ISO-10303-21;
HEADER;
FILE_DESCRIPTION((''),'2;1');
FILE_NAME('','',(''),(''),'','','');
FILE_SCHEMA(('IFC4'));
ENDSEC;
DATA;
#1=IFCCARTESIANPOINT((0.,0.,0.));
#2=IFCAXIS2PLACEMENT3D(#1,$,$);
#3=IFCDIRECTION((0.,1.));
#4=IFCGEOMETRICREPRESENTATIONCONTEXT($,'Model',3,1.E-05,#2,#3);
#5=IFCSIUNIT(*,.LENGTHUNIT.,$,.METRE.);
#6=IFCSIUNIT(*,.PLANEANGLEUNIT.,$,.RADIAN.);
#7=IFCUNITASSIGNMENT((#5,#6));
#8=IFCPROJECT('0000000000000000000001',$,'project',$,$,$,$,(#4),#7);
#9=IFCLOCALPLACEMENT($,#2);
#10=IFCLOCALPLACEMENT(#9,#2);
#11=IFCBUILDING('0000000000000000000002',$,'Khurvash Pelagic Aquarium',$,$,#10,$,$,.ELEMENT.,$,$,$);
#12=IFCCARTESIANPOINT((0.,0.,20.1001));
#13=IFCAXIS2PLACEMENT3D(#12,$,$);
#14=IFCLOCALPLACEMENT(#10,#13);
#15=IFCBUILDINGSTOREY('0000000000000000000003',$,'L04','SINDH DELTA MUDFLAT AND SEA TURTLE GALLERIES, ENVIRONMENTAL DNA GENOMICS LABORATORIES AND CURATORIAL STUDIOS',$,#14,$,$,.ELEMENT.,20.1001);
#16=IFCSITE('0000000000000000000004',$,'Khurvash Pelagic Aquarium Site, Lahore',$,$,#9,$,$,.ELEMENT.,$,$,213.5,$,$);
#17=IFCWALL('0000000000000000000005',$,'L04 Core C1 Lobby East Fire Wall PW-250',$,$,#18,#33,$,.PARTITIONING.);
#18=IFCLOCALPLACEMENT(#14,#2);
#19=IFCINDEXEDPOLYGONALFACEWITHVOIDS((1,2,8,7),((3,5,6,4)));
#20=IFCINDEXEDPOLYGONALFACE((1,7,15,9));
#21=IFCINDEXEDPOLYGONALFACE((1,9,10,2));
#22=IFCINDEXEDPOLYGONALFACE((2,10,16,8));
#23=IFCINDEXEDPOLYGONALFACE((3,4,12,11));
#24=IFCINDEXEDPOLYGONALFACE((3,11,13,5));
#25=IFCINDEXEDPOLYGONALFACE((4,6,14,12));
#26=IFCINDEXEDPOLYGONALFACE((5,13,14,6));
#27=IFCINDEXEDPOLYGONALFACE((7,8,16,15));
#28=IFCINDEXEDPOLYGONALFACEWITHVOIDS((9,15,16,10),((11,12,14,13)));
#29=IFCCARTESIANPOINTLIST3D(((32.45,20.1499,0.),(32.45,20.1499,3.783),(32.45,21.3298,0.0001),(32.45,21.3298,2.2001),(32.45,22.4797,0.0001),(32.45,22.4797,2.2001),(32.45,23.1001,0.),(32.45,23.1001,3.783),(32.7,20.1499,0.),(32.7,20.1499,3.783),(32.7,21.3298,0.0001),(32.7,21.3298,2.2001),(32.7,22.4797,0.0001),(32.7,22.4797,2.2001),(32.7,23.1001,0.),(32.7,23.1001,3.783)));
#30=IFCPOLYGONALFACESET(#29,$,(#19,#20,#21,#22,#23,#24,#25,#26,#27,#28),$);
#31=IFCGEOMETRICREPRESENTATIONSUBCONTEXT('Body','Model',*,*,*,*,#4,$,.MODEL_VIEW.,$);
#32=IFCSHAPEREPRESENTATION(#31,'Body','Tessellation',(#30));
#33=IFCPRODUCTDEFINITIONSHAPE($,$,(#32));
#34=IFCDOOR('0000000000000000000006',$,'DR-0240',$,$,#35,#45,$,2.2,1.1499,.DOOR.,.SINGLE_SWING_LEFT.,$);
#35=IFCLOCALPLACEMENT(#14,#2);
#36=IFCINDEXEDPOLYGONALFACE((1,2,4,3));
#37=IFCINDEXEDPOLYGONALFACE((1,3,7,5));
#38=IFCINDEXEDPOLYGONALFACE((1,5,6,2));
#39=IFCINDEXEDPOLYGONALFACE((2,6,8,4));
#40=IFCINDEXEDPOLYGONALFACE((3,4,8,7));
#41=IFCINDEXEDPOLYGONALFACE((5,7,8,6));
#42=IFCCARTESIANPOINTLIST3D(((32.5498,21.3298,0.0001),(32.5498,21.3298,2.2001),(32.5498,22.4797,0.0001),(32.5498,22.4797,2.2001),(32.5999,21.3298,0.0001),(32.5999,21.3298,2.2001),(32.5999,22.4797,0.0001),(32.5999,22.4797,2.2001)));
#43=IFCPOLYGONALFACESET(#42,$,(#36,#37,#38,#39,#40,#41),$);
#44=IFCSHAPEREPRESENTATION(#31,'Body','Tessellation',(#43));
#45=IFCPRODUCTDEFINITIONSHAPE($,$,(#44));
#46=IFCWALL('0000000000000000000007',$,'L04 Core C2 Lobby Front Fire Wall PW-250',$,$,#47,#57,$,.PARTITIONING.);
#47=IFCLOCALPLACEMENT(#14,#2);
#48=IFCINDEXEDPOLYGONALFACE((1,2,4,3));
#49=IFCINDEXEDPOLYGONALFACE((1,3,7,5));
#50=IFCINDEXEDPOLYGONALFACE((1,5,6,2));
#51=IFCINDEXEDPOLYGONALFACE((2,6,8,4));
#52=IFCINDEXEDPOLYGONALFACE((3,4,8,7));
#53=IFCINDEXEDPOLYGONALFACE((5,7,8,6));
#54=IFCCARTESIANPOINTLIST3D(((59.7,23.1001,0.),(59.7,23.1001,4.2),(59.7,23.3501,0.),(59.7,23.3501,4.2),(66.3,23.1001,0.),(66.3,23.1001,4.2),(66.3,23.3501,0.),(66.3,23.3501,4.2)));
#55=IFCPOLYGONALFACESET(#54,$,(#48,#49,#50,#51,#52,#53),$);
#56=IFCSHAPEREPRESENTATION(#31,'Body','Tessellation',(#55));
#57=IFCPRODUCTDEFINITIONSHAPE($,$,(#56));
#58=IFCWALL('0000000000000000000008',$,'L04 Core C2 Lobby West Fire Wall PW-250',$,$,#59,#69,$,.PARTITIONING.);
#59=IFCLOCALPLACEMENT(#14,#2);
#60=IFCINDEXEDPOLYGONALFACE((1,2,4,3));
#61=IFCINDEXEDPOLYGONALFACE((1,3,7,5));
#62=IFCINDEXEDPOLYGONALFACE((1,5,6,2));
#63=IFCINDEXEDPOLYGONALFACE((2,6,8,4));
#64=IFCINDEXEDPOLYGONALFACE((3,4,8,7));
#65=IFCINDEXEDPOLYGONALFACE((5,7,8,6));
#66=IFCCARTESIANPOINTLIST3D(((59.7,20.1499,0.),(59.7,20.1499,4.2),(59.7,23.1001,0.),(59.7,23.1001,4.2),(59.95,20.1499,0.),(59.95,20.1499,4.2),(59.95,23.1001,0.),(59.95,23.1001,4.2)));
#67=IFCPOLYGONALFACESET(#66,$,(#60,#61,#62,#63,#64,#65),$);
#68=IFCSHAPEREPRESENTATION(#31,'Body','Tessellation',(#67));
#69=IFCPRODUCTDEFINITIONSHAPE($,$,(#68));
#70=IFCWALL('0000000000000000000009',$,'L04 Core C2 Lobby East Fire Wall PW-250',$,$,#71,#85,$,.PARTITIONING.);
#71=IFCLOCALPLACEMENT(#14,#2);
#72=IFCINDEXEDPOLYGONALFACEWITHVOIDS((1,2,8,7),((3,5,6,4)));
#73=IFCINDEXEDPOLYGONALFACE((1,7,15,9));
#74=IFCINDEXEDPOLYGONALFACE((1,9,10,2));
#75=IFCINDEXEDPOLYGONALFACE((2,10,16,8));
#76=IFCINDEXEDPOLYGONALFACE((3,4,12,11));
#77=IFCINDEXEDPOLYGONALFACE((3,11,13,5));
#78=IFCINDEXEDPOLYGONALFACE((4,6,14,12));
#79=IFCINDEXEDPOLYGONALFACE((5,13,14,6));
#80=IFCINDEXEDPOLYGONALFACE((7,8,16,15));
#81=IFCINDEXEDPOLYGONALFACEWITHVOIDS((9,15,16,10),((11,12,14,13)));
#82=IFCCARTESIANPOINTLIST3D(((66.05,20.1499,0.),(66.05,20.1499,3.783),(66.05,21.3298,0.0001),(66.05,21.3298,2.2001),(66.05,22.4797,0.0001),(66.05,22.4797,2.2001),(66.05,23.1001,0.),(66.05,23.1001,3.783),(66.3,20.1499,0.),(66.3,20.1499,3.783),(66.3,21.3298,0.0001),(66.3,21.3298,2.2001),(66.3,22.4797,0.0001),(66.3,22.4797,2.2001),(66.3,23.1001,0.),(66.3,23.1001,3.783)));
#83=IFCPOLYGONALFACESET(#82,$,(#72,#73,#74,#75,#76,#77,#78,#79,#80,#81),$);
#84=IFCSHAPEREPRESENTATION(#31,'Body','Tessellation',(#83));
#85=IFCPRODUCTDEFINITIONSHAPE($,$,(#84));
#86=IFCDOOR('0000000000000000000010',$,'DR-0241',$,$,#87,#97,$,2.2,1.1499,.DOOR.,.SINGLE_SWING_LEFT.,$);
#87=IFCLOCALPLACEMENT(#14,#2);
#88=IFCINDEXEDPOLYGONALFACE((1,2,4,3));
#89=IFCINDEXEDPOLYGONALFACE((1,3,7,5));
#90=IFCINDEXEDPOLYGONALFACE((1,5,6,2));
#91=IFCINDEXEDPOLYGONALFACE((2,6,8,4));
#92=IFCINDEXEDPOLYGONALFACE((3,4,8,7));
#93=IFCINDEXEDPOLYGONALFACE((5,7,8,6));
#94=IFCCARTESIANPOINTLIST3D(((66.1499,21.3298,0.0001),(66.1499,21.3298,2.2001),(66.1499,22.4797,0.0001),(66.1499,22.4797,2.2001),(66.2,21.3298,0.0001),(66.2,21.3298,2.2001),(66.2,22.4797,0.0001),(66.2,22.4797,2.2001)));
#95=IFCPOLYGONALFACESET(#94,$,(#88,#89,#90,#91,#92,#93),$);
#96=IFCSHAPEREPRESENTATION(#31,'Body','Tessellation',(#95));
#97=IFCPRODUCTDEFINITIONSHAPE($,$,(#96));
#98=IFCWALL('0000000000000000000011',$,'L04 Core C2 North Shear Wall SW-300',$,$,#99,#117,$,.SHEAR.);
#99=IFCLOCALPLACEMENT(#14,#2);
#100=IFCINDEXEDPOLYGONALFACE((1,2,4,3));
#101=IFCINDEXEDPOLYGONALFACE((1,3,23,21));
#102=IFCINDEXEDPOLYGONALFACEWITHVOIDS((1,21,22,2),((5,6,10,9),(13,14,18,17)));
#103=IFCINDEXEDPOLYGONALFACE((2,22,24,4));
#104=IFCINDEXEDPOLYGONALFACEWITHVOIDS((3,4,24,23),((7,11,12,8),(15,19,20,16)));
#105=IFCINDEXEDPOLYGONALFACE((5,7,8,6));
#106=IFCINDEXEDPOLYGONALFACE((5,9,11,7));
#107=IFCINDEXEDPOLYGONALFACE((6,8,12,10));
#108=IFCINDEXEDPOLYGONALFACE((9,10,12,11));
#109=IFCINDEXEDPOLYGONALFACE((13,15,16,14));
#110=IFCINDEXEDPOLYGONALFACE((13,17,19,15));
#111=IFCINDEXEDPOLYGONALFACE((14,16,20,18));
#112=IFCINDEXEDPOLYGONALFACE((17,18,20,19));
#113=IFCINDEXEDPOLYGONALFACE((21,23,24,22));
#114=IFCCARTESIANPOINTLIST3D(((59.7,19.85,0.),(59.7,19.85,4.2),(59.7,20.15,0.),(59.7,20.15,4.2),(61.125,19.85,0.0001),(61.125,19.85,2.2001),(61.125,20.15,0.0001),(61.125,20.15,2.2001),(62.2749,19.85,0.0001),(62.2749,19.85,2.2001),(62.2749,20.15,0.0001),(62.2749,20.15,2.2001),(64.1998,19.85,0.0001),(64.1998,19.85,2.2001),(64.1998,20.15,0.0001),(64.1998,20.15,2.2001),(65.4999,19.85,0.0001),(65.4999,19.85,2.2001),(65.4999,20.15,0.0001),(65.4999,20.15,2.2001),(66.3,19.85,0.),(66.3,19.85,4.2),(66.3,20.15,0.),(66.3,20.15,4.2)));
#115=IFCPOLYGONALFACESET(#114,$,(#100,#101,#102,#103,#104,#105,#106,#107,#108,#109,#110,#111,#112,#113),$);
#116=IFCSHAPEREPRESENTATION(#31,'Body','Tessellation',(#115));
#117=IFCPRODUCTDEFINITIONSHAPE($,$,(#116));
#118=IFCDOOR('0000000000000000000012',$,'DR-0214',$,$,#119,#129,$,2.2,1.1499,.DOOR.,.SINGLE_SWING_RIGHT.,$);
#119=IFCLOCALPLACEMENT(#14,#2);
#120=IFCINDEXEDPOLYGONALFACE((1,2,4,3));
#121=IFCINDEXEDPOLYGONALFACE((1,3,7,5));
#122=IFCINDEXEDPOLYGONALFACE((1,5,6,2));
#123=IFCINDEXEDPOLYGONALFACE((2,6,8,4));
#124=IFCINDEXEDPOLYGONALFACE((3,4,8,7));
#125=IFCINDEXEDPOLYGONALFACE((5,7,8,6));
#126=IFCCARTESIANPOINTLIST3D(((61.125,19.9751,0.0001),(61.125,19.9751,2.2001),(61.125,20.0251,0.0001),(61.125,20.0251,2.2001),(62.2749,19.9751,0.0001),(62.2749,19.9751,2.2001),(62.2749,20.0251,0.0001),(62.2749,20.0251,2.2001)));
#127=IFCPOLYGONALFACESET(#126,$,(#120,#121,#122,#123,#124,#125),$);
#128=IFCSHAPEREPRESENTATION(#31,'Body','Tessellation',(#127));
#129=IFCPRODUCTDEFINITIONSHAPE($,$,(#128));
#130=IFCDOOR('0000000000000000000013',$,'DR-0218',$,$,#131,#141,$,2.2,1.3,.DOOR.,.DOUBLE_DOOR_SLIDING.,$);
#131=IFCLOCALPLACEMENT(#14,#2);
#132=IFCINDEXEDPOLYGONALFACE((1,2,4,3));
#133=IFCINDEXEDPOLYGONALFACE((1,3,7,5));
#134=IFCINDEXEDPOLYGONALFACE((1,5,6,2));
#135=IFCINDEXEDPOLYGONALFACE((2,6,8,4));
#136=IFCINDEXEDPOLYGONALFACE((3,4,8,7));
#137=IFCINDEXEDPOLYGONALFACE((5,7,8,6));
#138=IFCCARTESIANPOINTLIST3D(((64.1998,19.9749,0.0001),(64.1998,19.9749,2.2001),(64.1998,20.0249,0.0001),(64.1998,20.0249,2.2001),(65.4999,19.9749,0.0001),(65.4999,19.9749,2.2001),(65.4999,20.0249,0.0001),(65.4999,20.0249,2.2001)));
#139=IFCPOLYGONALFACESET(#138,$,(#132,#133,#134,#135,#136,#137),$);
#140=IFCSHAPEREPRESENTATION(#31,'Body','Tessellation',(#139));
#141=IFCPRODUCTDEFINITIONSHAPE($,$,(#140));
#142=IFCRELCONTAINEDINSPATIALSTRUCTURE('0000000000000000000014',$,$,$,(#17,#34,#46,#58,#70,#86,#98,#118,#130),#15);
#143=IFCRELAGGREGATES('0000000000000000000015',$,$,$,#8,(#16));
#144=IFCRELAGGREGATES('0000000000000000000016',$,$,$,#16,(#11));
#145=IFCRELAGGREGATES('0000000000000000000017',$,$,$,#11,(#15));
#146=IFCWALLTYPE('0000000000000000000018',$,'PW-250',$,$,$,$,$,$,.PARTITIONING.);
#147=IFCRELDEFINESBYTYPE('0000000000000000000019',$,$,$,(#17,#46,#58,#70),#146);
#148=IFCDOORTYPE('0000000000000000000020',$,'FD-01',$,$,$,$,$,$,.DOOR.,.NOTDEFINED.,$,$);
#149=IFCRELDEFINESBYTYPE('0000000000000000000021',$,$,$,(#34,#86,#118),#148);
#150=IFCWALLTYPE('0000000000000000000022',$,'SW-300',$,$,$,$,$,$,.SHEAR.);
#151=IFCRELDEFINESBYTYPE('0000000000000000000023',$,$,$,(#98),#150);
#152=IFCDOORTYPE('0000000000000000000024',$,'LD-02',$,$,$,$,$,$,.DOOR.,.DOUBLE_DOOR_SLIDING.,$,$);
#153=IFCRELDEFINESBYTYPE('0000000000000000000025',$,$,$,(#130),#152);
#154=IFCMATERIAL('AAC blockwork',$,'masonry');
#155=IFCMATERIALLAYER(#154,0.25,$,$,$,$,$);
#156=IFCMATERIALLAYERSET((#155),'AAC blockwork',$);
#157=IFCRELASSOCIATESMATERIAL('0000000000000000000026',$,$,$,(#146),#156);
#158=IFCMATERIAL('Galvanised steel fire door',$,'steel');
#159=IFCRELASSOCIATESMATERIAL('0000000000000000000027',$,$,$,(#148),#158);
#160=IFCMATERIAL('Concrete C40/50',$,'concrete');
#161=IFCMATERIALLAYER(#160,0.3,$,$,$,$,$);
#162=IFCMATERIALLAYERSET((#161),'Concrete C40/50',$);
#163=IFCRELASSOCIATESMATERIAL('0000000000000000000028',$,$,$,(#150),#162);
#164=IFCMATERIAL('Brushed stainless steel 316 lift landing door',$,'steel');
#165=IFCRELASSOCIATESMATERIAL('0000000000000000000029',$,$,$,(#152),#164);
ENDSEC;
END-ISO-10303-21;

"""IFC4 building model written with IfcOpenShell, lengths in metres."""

from ifc_helpers import new_model, si_unit, direction, frame, frame_2d, origin, place, context, subcontext, project, spatial, rectangle, extrude, material, layer, layer_set, type_object, element, fill, save


model = new_model("IFC4")

# Units and contexts
model_context = context("Model", 3, precision=1e-05, world=origin(), true_north=direction((0.0, 1.0)))
body_context = subcontext(model_context, "Body", "Model", "MODEL_VIEW")
ifc_project = project(units=[si_unit("LENGTHUNIT", "METRE"), si_unit("PLANEANGLEUNIT", "RADIAN")], contexts=[model_context])

# Site, building, storey
site_placement = place(None, origin())
site = spatial("IfcSite", under=ifc_project, at=site_placement, Name="Khurvash Pelagic Aquarium Site, Lahore", CompositionType="ELEMENT", RefElevation=213.5)
building_placement = place(site_placement, origin())
building = spatial("IfcBuilding", under=site, at=building_placement, Name="Khurvash Pelagic Aquarium", CompositionType="ELEMENT")
storey_placement = place(building_placement, frame((0.0, 0.0, 20.1001)))
storey = spatial("IfcBuildingStorey", under=building, at=storey_placement, Name="L04", Description="SINDH DELTA MUDFLAT AND SEA TURTLE GALLERIES, ENVIRONMENTAL DNA GENOMICS LABORATORIES AND CURATORIAL STUDIOS", CompositionType="ELEMENT", Elevation=20.1001)

# Shared definitions
ifc_material_1 = material(Name="Concrete C40/50", Category="concrete")

# Shared definitions
ifc_material_2 = material(Name="AAC blockwork", Category="masonry")

# Wall, opening, door
ifc_layer_1 = layer(ifc_material_2, 0.25)
ifc_layer_set_1 = layer_set([ifc_layer_1], Name="AAC blockwork")
wall_type_1 = type_object("IfcWallType", Name="PW-250", PredefinedType="PARTITIONING", material=ifc_layer_set_1)
wall_1_placement = place(storey_placement, frame((32.575, 20.1499, 0.0), z_axis=(0.0, 0.0, 1.0), x_axis=(0.0, 1.0, 0.0)))
wall_1 = element("IfcWall", 1, at=wall_1_placement, inside=storey, type_object=wall_type_1, Name="L04 Core C1 Lobby East Fire Wall PW-250", PredefinedType="PARTITIONING", context=body_context, shape_type="SweptSolid", body=[
    extrude(rectangle(XDim=2.9502, YDim=0.25, at=frame_2d((1.4751, 0.0))), origin(), (0.0, 0.0, 1.0), 3.783),
])
opening_1_placement = place(wall_1_placement, frame((1.1799, 0.0, 0.0)))
opening_1 = element("IfcOpeningElement", 2, at=opening_1_placement, cuts=wall_1, PredefinedType="OPENING", context=body_context, shape_type="SweptSolid", body=[
    extrude(rectangle(XDim=1.1499, YDim=2.2, at=frame_2d((0.575, 1.1001))), frame((0.0, 0.135, 0.0), z_axis=(0.0, -1.0, 0.0), x_axis=(1.0, 0.0, 0.0)), (0.0, 0.0, 1.0), 0.27),
])
ifc_material_3 = material(Name="Galvanised steel fire door", Category="steel")
door_type_1 = type_object("IfcDoorType", Name="FD-01", OperationType="NOTDEFINED", PredefinedType="DOOR", material=ifc_material_3)
door_1_placement = place(opening_1_placement, frame((1.1499, 0.0, 0.0), z_axis=(0.0, 0.0, 1.0), x_axis=(-1.0, 0.0, 0.0)))
door_1 = element("IfcDoor", 3, at=door_1_placement, inside=storey, type_object=door_type_1, Name="DR-0240", OperationType="SINGLE_SWING_LEFT", OverallHeight=2.2, OverallWidth=1.1499, PredefinedType="DOOR", context=body_context, shape_type="SweptSolid", body=[
    extrude(rectangle(XDim=1.1499, YDim=2.2, at=frame_2d((0.575, 1.1001))), frame((0.0, 0.0249, 0.0), z_axis=(0.0, -1.0, 0.0), x_axis=(1.0, 0.0, 0.0)), (0.0, 0.0, 1.0), 0.05),
])
fill(opening_1, door_1)

# Walls
wall_2_placement = place(storey_placement, frame((59.7, 23.2251, 0.0), z_axis=(0.0, 0.0, 1.0), x_axis=(1.0, 0.0, 0.0)))
element("IfcWall", 4, at=wall_2_placement, inside=storey, type_object=wall_type_1, Name="L04 Core C2 Lobby Front Fire Wall PW-250", PredefinedType="PARTITIONING", context=body_context, shape_type="SweptSolid", body=[
    extrude(rectangle(XDim=6.6001, YDim=0.25, at=frame_2d((3.3, 0.0))), origin(), (0.0, 0.0, 1.0), 4.2),
])
wall_3_placement = place(storey_placement, frame((59.825, 20.1499, 0.0), z_axis=(0.0, 0.0, 1.0), x_axis=(0.0, 1.0, 0.0)))
element("IfcWall", 5, at=wall_3_placement, inside=storey, type_object=wall_type_1, Name="L04 Core C2 Lobby West Fire Wall PW-250", PredefinedType="PARTITIONING", context=body_context, shape_type="SweptSolid", body=[
    extrude(rectangle(XDim=2.9502, YDim=0.25, at=frame_2d((1.4751, 0.0))), origin(), (0.0, 0.0, 1.0), 4.2),
])

# Wall, opening, door
wall_4_placement = place(storey_placement, frame((66.175, 20.1499, 0.0), z_axis=(0.0, 0.0, 1.0), x_axis=(0.0, 1.0, 0.0)))
wall_4 = element("IfcWall", 6, at=wall_4_placement, inside=storey, type_object=wall_type_1, Name="L04 Core C2 Lobby East Fire Wall PW-250", PredefinedType="PARTITIONING", context=body_context, shape_type="SweptSolid", body=[
    extrude(rectangle(XDim=2.9502, YDim=0.25, at=frame_2d((1.4751, 0.0))), origin(), (0.0, 0.0, 1.0), 3.783),
])
opening_2_placement = place(wall_4_placement, frame((1.1799, 0.0, 0.0)))
opening_2 = element("IfcOpeningElement", 7, at=opening_2_placement, cuts=wall_4, PredefinedType="OPENING", context=body_context, shape_type="SweptSolid", body=[
    extrude(rectangle(XDim=1.1499, YDim=2.2, at=frame_2d((0.575, 1.1001))), frame((0.0, 0.135, 0.0), z_axis=(0.0, -1.0, 0.0), x_axis=(1.0, 0.0, 0.0)), (0.0, 0.0, 1.0), 0.27),
])
door_2_placement = place(opening_2_placement, frame((1.1499, 0.0, 0.0), z_axis=(0.0, 0.0, 1.0), x_axis=(-1.0, 0.0, 0.0)))
door_2 = element("IfcDoor", 8, at=door_2_placement, inside=storey, type_object=door_type_1, Name="DR-0241", OperationType="SINGLE_SWING_LEFT", OverallHeight=2.2, OverallWidth=1.1499, PredefinedType="DOOR", context=body_context, shape_type="SweptSolid", body=[
    extrude(rectangle(XDim=1.1499, YDim=2.2, at=frame_2d((0.575, 1.1001))), frame((0.0, 0.0249, 0.0), z_axis=(0.0, -1.0, 0.0), x_axis=(1.0, 0.0, 0.0)), (0.0, 0.0, 1.0), 0.05),
])
fill(opening_2, door_2)

# Wall, openings, doors
ifc_layer_2 = layer(ifc_material_1, 0.3)
ifc_layer_set_2 = layer_set([ifc_layer_2], Name="Concrete C40/50")
wall_type_2 = type_object("IfcWallType", Name="SW-300", PredefinedType="SHEAR", material=ifc_layer_set_2)
wall_5_placement = place(storey_placement, frame((59.7, 20.0, 0.0), z_axis=(0.0, 0.0, 1.0), x_axis=(1.0, 0.0, 0.0)))
wall_5 = element("IfcWall", 9, at=wall_5_placement, inside=storey, type_object=wall_type_2, Name="L04 Core C2 North Shear Wall SW-300", PredefinedType="SHEAR", context=body_context, shape_type="SweptSolid", body=[
    extrude(rectangle(XDim=6.6001, YDim=0.3, at=frame_2d((3.3, 0.0))), origin(), (0.0, 0.0, 1.0), 4.2),
])
opening_3_placement = place(wall_5_placement, frame((1.425, 0.0, 0.0)))
opening_3 = element("IfcOpeningElement", 10, at=opening_3_placement, cuts=wall_5, PredefinedType="OPENING", context=body_context, shape_type="SweptSolid", body=[
    extrude(rectangle(XDim=1.1499, YDim=2.2, at=frame_2d((0.575, 1.1001))), frame((0.0, 0.1602, 0.0), z_axis=(0.0, -1.0, 0.0), x_axis=(1.0, 0.0, 0.0)), (0.0, 0.0, 1.0), 0.3201),
])
opening_4_placement = place(wall_5_placement, frame((4.5, 0.0, 0.0)))
opening_4 = element("IfcOpeningElement", 11, at=opening_4_placement, cuts=wall_5, PredefinedType="OPENING", context=body_context, shape_type="SweptSolid", body=[
    extrude(rectangle(XDim=1.3, YDim=2.2, at=frame_2d((0.6499, 1.1001))), frame((0.0, 0.1602, 0.0), z_axis=(0.0, -1.0, 0.0), x_axis=(1.0, 0.0, 0.0)), (0.0, 0.0, 1.0), 0.3201),
])
door_3_placement = place(opening_3_placement, frame((1.1499, 0.0, 0.0), z_axis=(0.0, 0.0, 1.0), x_axis=(-1.0, 0.0, 0.0)))
door_3 = element("IfcDoor", 12, at=door_3_placement, inside=storey, type_object=door_type_1, Name="DR-0214", OperationType="SINGLE_SWING_RIGHT", OverallHeight=2.2, OverallWidth=1.1499, PredefinedType="DOOR", context=body_context, shape_type="SweptSolid", body=[
    extrude(rectangle(XDim=1.1499, YDim=2.2, at=frame_2d((0.575, 1.1001))), frame((0.0, 0.0249, 0.0), z_axis=(0.0, -1.0, 0.0), x_axis=(1.0, 0.0, 0.0)), (0.0, 0.0, 1.0), 0.05),
])
fill(opening_3, door_3)
ifc_material_4 = material(Name="Brushed stainless steel 316 lift landing door", Category="steel")
door_type_2 = type_object("IfcDoorType", Name="LD-02", OperationType="DOUBLE_DOOR_SLIDING", PredefinedType="DOOR", material=ifc_material_4)
door_4_placement = place(opening_4_placement, origin())
door_4 = element("IfcDoor", 13, at=door_4_placement, inside=storey, type_object=door_type_2, Name="DR-0218", OperationType="DOUBLE_DOOR_SLIDING", OverallHeight=2.2, OverallWidth=1.3, PredefinedType="DOOR", context=body_context, shape_type="SweptSolid", body=[
    extrude(rectangle(XDim=1.3, YDim=2.2, at=frame_2d((0.6499, 1.1001))), frame((0.0, 0.0249, 0.0), z_axis=(0.0, -1.0, 0.0), x_axis=(1.0, 0.0, 0.0)), (0.0, 0.0, 1.0), 0.05),
])
fill(opening_4, door_4)

save(model, "model.ifc")
